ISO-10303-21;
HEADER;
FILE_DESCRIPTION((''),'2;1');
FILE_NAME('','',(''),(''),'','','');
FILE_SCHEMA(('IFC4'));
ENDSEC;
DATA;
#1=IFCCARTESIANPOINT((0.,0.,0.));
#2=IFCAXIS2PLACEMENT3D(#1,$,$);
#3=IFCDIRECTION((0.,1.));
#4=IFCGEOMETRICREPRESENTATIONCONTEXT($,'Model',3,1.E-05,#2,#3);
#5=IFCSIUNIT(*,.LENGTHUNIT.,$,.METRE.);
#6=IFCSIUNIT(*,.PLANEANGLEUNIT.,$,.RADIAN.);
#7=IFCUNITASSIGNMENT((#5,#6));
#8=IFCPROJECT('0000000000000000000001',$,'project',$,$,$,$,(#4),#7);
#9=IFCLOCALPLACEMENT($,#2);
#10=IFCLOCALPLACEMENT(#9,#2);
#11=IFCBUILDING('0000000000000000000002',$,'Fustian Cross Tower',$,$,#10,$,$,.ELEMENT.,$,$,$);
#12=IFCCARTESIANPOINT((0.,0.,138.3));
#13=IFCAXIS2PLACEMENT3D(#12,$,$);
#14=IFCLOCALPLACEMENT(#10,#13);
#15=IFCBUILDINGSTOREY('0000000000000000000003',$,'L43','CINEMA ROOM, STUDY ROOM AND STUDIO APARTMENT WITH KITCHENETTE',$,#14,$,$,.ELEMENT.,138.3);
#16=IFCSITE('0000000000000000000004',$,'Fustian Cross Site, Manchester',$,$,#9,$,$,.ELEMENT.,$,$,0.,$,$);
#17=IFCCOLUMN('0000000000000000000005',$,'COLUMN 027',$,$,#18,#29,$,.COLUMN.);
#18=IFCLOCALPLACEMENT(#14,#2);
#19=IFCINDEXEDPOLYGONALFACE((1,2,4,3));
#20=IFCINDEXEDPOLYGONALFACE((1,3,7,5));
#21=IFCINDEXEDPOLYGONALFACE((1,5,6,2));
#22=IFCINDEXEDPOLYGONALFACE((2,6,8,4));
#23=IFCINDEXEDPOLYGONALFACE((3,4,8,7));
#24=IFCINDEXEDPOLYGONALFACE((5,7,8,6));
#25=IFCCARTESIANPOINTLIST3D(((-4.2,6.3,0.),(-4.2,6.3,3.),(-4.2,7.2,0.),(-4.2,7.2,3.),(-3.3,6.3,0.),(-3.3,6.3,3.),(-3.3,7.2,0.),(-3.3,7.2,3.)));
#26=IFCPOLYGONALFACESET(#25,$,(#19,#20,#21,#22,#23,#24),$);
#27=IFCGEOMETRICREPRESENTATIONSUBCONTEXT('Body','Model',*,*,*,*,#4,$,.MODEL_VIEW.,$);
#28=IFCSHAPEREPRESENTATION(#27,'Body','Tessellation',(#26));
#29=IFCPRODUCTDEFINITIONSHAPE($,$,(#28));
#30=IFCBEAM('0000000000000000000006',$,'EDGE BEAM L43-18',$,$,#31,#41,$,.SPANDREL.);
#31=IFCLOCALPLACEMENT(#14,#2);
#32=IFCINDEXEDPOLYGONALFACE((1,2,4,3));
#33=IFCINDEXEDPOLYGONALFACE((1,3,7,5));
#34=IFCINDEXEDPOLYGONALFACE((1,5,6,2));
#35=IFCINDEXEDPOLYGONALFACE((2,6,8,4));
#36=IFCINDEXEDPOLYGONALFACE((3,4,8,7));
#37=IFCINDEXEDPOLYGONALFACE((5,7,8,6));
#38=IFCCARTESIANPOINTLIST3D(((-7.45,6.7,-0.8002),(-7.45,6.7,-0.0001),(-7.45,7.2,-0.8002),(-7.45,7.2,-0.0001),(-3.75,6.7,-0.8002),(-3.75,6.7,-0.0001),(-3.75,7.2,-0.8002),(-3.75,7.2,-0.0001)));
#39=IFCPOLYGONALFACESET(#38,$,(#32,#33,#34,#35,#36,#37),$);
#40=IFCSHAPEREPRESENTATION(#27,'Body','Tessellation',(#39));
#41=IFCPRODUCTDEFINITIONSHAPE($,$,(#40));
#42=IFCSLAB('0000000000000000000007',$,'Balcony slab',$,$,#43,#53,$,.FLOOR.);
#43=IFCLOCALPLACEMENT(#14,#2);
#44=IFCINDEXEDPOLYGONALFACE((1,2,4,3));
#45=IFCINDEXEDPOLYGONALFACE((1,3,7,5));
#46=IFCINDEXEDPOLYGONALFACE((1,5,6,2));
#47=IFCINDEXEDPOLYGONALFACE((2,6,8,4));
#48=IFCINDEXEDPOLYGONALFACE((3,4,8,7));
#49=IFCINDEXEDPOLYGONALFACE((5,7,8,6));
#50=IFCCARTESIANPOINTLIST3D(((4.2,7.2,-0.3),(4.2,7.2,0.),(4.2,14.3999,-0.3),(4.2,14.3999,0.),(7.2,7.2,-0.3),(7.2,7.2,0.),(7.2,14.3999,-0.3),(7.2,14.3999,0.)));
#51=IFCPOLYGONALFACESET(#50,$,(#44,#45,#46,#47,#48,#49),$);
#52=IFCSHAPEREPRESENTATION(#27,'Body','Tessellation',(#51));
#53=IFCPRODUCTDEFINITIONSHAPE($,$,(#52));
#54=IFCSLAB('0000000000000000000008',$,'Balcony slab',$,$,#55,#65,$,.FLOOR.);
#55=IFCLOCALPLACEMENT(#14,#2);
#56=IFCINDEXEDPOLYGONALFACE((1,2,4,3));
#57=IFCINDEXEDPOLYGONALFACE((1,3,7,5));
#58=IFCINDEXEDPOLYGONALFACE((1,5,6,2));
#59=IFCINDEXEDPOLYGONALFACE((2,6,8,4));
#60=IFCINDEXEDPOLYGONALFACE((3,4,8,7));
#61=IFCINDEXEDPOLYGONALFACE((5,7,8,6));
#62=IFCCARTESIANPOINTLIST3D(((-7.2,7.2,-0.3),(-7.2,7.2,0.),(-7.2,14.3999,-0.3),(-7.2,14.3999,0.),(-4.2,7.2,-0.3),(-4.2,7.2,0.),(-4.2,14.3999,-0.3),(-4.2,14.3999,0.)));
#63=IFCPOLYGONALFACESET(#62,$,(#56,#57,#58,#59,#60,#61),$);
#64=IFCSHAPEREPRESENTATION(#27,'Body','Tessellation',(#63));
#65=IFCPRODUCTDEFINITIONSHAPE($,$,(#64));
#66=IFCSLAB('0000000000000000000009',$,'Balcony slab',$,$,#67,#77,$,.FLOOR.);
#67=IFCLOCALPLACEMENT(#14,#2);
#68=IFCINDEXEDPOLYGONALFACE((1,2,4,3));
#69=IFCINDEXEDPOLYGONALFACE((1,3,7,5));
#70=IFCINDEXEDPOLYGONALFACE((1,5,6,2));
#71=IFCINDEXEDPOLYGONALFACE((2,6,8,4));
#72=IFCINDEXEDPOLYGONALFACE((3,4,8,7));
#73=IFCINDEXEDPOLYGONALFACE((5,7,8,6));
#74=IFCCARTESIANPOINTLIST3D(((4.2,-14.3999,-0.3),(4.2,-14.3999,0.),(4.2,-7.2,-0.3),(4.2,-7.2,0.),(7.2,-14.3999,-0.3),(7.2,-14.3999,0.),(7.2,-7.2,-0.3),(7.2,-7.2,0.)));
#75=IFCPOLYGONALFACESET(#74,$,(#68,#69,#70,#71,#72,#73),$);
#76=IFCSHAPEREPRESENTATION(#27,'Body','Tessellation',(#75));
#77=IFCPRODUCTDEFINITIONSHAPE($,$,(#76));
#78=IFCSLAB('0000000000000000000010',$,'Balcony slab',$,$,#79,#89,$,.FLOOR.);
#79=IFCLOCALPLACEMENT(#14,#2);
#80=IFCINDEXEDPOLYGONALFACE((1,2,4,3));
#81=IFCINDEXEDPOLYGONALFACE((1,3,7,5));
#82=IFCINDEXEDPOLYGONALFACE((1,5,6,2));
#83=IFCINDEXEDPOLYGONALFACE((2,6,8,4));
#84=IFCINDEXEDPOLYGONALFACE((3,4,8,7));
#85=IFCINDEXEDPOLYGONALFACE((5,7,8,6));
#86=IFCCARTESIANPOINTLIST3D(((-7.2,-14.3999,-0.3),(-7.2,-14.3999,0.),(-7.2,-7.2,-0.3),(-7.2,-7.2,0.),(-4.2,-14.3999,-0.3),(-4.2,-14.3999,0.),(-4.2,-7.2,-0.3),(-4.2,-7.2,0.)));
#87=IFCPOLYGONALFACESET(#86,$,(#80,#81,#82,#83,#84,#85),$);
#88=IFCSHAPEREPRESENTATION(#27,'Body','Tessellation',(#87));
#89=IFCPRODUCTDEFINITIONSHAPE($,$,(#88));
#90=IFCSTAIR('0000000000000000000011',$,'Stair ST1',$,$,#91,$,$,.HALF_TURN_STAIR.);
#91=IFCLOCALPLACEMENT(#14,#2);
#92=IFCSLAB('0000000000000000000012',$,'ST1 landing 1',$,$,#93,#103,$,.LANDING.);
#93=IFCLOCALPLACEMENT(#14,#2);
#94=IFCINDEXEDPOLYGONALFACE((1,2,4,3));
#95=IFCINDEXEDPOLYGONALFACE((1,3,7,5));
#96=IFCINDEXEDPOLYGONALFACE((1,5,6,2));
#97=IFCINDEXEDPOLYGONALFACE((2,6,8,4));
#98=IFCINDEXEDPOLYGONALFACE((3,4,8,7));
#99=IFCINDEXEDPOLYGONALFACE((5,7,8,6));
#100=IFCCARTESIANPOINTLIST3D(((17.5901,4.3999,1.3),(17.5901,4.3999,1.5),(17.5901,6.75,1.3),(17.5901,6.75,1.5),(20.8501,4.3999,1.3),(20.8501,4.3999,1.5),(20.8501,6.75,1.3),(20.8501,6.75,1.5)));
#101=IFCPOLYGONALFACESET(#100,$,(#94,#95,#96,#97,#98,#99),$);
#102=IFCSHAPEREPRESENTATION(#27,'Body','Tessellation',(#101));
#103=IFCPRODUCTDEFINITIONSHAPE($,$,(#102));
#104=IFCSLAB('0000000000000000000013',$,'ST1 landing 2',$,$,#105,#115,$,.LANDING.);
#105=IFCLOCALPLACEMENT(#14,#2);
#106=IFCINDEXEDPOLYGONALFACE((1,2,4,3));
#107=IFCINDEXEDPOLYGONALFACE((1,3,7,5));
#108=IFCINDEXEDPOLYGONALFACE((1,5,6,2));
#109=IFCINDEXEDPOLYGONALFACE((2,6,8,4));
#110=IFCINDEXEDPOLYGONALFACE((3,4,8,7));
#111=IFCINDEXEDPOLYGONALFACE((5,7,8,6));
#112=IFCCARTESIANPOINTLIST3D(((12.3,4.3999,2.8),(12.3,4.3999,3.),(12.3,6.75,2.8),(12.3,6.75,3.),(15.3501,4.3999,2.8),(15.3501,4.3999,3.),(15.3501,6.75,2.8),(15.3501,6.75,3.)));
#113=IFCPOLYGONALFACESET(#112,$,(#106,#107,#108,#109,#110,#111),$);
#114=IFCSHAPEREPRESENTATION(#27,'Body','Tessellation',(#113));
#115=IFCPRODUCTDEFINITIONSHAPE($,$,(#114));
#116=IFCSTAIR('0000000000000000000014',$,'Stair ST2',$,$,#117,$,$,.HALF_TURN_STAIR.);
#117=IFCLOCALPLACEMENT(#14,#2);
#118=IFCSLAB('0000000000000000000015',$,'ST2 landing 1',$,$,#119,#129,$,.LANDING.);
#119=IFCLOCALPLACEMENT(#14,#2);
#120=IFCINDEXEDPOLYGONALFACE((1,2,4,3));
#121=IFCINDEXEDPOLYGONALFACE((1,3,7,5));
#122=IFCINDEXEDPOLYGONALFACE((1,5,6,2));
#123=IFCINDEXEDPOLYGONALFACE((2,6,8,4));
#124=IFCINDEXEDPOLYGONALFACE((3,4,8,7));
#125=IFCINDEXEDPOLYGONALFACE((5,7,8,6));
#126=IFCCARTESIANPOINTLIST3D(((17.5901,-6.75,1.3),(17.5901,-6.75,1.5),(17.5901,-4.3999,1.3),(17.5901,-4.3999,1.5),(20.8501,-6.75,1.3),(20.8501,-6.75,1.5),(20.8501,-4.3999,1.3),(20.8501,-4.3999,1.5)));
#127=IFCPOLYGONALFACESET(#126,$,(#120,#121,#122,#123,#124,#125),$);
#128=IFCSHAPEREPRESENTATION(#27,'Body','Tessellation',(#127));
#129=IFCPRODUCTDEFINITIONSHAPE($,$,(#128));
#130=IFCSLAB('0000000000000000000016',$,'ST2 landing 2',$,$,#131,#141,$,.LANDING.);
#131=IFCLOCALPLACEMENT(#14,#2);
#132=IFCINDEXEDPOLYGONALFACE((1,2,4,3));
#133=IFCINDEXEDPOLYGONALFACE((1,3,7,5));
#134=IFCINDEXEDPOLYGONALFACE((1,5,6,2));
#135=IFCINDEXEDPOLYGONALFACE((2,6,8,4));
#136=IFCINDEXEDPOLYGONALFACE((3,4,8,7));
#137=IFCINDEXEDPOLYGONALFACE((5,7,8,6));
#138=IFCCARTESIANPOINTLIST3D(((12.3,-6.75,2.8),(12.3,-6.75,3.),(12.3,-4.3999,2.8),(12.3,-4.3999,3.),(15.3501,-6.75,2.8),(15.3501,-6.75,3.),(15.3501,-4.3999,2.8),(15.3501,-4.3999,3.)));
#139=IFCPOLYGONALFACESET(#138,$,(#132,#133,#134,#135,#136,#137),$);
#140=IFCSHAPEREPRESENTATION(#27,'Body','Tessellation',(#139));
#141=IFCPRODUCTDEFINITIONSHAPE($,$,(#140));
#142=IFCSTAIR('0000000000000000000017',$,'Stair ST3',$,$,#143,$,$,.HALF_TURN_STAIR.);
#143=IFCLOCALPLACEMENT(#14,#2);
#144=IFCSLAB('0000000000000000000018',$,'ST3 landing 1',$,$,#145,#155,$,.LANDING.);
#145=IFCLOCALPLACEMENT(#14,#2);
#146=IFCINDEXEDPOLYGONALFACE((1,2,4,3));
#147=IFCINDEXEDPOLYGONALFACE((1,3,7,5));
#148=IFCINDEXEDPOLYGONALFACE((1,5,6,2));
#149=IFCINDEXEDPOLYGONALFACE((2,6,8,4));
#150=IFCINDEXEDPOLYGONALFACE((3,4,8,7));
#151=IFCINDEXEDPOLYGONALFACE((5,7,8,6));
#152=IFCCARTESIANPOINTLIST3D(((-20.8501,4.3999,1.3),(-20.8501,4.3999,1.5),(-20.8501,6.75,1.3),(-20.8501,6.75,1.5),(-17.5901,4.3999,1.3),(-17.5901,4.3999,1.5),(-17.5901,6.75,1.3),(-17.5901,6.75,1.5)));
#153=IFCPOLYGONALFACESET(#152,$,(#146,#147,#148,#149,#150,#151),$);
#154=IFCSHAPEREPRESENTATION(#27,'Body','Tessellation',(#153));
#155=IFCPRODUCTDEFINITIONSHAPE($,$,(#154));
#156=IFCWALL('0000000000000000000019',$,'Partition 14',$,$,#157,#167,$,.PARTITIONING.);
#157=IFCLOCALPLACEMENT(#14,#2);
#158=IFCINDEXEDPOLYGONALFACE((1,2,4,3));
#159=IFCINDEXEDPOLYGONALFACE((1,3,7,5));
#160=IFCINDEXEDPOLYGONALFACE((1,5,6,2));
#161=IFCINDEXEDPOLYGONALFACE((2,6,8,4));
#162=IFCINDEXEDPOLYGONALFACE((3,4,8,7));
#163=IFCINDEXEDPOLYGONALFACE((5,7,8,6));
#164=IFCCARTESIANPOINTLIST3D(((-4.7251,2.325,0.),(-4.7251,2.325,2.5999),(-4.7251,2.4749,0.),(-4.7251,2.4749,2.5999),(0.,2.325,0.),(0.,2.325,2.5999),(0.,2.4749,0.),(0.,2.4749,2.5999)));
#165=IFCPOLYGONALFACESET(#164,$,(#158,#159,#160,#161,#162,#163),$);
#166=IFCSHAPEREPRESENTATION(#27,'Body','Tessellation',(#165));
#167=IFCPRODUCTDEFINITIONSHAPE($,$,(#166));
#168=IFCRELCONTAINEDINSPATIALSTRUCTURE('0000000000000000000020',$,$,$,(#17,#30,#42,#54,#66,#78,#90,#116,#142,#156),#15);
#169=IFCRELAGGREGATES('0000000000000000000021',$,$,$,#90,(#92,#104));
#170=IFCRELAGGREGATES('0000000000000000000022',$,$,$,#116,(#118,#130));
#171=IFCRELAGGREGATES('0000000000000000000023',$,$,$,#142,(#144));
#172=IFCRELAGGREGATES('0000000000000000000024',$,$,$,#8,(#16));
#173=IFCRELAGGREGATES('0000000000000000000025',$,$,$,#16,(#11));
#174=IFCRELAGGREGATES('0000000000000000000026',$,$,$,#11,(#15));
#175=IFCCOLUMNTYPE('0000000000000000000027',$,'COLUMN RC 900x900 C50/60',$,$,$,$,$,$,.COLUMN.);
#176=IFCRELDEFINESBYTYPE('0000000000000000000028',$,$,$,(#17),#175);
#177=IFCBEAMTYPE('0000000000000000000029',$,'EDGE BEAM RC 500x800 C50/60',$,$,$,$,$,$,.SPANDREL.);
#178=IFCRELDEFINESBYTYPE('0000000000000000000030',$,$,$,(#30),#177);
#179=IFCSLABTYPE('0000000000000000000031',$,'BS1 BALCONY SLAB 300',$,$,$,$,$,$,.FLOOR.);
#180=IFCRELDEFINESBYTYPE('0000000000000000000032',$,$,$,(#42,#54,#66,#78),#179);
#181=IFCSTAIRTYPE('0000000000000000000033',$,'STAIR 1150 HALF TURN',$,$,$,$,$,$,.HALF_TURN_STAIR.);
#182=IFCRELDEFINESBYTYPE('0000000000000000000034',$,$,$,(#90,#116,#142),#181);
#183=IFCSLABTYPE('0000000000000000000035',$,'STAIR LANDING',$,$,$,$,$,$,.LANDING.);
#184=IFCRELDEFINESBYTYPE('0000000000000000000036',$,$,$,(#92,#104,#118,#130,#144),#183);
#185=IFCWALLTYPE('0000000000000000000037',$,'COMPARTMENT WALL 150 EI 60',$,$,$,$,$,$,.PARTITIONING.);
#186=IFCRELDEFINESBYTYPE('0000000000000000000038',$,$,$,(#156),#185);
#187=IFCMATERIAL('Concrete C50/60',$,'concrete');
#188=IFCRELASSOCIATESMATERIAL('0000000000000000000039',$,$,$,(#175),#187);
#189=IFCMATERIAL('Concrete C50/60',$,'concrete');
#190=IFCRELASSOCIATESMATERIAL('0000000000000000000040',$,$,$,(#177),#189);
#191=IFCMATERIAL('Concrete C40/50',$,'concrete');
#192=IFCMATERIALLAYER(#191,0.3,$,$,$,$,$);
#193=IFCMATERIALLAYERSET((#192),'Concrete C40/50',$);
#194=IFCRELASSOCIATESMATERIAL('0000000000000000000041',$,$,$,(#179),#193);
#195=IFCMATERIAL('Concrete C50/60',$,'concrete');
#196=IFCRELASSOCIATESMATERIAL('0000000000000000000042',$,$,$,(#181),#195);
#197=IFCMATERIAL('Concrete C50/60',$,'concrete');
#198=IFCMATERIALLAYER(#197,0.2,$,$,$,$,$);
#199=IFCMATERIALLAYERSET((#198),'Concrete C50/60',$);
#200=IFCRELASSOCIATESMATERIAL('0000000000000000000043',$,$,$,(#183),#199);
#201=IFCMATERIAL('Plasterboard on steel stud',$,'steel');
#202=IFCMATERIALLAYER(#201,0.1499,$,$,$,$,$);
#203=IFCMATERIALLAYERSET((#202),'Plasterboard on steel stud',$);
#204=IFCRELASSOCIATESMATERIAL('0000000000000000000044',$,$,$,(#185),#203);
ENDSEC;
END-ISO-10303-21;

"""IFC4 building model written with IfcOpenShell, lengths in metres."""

from ifc_helpers import new_model, si_unit, direction, frame, frame_2d, origin, origin_2d, place, context, subcontext, project, spatial, polyline, rectangle, outline, extrude, material, layer, layer_set, material_profile, profile_set, type_object, element, aggregate, save


model = new_model("IFC4")

# Units and contexts
model_context = context("Model", 3, precision=1e-05, world=origin(), true_north=direction((0.0, 1.0)))
body_context = subcontext(model_context, "Body", "Model", "MODEL_VIEW")
ifc_project = project(units=[si_unit("LENGTHUNIT", "METRE"), si_unit("PLANEANGLEUNIT", "RADIAN")], contexts=[model_context])

# Site, building, storey
site_placement = place(None, origin())
site = spatial("IfcSite", under=ifc_project, at=site_placement, Name="Fustian Cross Site, Manchester", CompositionType="ELEMENT", RefElevation=0.0)
building_placement = place(site_placement, origin())
building = spatial("IfcBuilding", under=site, at=building_placement, Name="Fustian Cross Tower", CompositionType="ELEMENT")
storey_placement = place(building_placement, frame((0.0, 0.0, 138.3)))
storey = spatial("IfcBuildingStorey", under=building, at=storey_placement, Name="L43", Description="CINEMA ROOM, STUDY ROOM AND STUDIO APARTMENT WITH KITCHENETTE", CompositionType="ELEMENT", Elevation=138.3)

# Column
ifc_material_1 = material(Name="Concrete C50/60", Category="concrete")
ifc_material_profile_1 = material_profile(ifc_material_1, rectangle(XDim=0.8999, YDim=0.8999, at=origin_2d()), Name="RC 900x900")
ifc_profile_set_1 = profile_set([ifc_material_profile_1], Name="Concrete C50/60")
column_type = type_object("IfcColumnType", Name="COLUMN RC 900x900 C50/60", PredefinedType="COLUMN", material=ifc_profile_set_1)
column_placement = place(storey_placement, frame((-3.75, 6.75, 0.0), z_axis=(0.0, 0.0, 1.0), x_axis=(1.0, 0.0, 0.0)))
element("IfcColumn", 1, at=column_placement, inside=storey, type_object=column_type, Name="COLUMN 027", PredefinedType="COLUMN", context=body_context, shape_type="SweptSolid", body=[
    extrude(rectangle(XDim=0.8999, YDim=0.8999, at=origin_2d()), origin(), (0.0, 0.0, 1.0), 3.0),
])

# Beam
ifc_material_2 = material(Name="Concrete C50/60", Category="concrete")
ifc_material_profile_2 = material_profile(ifc_material_2, rectangle(XDim=0.5, YDim=0.8, at=origin_2d()), Name="RC 500x800")
ifc_profile_set_2 = profile_set([ifc_material_profile_2], Name="Concrete C50/60")
beam_type = type_object("IfcBeamType", Name="EDGE BEAM RC 500x800 C50/60", PredefinedType="SPANDREL", material=ifc_profile_set_2)
beam_placement = place(storey_placement, frame((-3.75, 6.95, -0.4001), z_axis=(-1.0, 0.0, 0.0), x_axis=(0.0, -1.0, 0.0)))
element("IfcBeam", 2, at=beam_placement, inside=storey, type_object=beam_type, Name="EDGE BEAM L43-18", PredefinedType="SPANDREL", context=body_context, shape_type="SweptSolid", body=[
    extrude(rectangle(XDim=0.5, YDim=0.8, at=origin_2d()), origin(), (0.0, 0.0, 1.0), 3.7),
])

# Slabs
ifc_material_3 = material(Name="Concrete C40/50", Category="concrete")
ifc_layer_1 = layer(ifc_material_3, 0.3)
ifc_layer_set_1 = layer_set([ifc_layer_1], Name="Concrete C40/50")
slab_type_1 = type_object("IfcSlabType", Name="BS1 BALCONY SLAB 300", PredefinedType="FLOOR", material=ifc_layer_set_1)
slab_1_placement = place(storey_placement, frame((0.0, 0.0, -0.3)))
element("IfcSlab", 3, at=slab_1_placement, inside=storey, type_object=slab_type_1, Name="Balcony slab", PredefinedType="FLOOR", context=body_context, shape_type="SweptSolid", body=[
    extrude(outline(polyline([(4.2, 7.2), (7.2, 7.2), (7.2, 14.3999), (4.2, 14.3999), (4.2, 7.2)])), origin(), (0.0, 0.0, 1.0), 0.3),
])
slab_2_placement = place(storey_placement, frame((0.0, 0.0, -0.3)))
element("IfcSlab", 4, at=slab_2_placement, inside=storey, type_object=slab_type_1, Name="Balcony slab", PredefinedType="FLOOR", context=body_context, shape_type="SweptSolid", body=[
    extrude(outline(polyline([(-7.2, 7.2), (-4.2, 7.2), (-4.2, 14.3999), (-7.2, 14.3999), (-7.2, 7.2)])), origin(), (0.0, 0.0, 1.0), 0.3),
])
slab_3_placement = place(storey_placement, frame((0.0, 0.0, -0.3)))
element("IfcSlab", 5, at=slab_3_placement, inside=storey, type_object=slab_type_1, Name="Balcony slab", PredefinedType="FLOOR", context=body_context, shape_type="SweptSolid", body=[
    extrude(outline(polyline([(4.2, -14.3999), (7.2, -14.3999), (7.2, -7.2), (4.2, -7.2), (4.2, -14.3999)])), origin(), (0.0, 0.0, 1.0), 0.3),
])
slab_4_placement = place(storey_placement, frame((0.0, 0.0, -0.3)))
element("IfcSlab", 6, at=slab_4_placement, inside=storey, type_object=slab_type_1, Name="Balcony slab", PredefinedType="FLOOR", context=body_context, shape_type="SweptSolid", body=[
    extrude(outline(polyline([(-7.2, -14.3999), (-4.2, -14.3999), (-4.2, -7.2), (-7.2, -7.2), (-7.2, -14.3999)])), origin(), (0.0, 0.0, 1.0), 0.3),
])

# Stairs, slabs
ifc_material_4 = material(Name="Concrete C50/60", Category="concrete")
stair_type = type_object("IfcStairType", Name="STAIR 1150 HALF TURN", PredefinedType="HALF_TURN_STAIR", material=ifc_material_4)
stair_1_placement = place(storey_placement, origin())
stair_1 = element("IfcStair", 7, at=stair_1_placement, inside=storey, type_object=stair_type, Name="Stair ST1", PredefinedType="HALF_TURN_STAIR")
ifc_material_5 = material(Name="Concrete C50/60", Category="concrete")
ifc_layer_2 = layer(ifc_material_5, 0.2)
ifc_layer_set_2 = layer_set([ifc_layer_2], Name="Concrete C50/60")
slab_type_2 = type_object("IfcSlabType", Name="STAIR LANDING", PredefinedType="LANDING", material=ifc_layer_set_2)
slab_5_placement = place(storey_placement, frame((0.0, 0.0, 1.3)))
slab_5 = element("IfcSlab", 8, at=slab_5_placement, type_object=slab_type_2, Name="ST1 landing 1", PredefinedType="LANDING", context=body_context, shape_type="SweptSolid", body=[
    extrude(outline(polyline([(17.5901, 4.3999), (20.8501, 4.3999), (20.8501, 6.75), (17.5901, 6.75), (17.5901, 4.3999)])), origin(), (0.0, 0.0, 1.0), 0.2),
])
slab_6_placement = place(storey_placement, frame((0.0, 0.0, 2.8)))
slab_6 = element("IfcSlab", 9, at=slab_6_placement, type_object=slab_type_2, Name="ST1 landing 2", PredefinedType="LANDING", context=body_context, shape_type="SweptSolid", body=[
    extrude(outline(polyline([(12.3, 4.3999), (15.3501, 4.3999), (15.3501, 6.75), (12.3, 6.75), (12.3, 4.3999)])), origin(), (0.0, 0.0, 1.0), 0.2),
])
aggregate(stair_1, [slab_5, slab_6])
stair_2_placement = place(storey_placement, origin())
stair_2 = element("IfcStair", 10, at=stair_2_placement, inside=storey, type_object=stair_type, Name="Stair ST2", PredefinedType="HALF_TURN_STAIR")
slab_7_placement = place(storey_placement, frame((0.0, 0.0, 1.3)))
slab_7 = element("IfcSlab", 11, at=slab_7_placement, type_object=slab_type_2, Name="ST2 landing 1", PredefinedType="LANDING", context=body_context, shape_type="SweptSolid", body=[
    extrude(outline(polyline([(17.5901, -4.3999), (20.8501, -4.3999), (20.8501, -6.75), (17.5901, -6.75), (17.5901, -4.3999)])), origin(), (0.0, 0.0, 1.0), 0.2),
])
slab_8_placement = place(storey_placement, frame((0.0, 0.0, 2.8)))
slab_8 = element("IfcSlab", 12, at=slab_8_placement, type_object=slab_type_2, Name="ST2 landing 2", PredefinedType="LANDING", context=body_context, shape_type="SweptSolid", body=[
    extrude(outline(polyline([(12.3, -4.3999), (15.3501, -4.3999), (15.3501, -6.75), (12.3, -6.75), (12.3, -4.3999)])), origin(), (0.0, 0.0, 1.0), 0.2),
])
aggregate(stair_2, [slab_7, slab_8])

# Stair, slab
stair_3_placement = place(storey_placement, origin())
stair_3 = element("IfcStair", 13, at=stair_3_placement, inside=storey, type_object=stair_type, Name="Stair ST3", PredefinedType="HALF_TURN_STAIR")
slab_9_placement = place(storey_placement, frame((0.0, 0.0, 1.3)))
slab_9 = element("IfcSlab", 14, at=slab_9_placement, type_object=slab_type_2, Name="ST3 landing 1", PredefinedType="LANDING", context=body_context, shape_type="SweptSolid", body=[
    extrude(outline(polyline([(-17.5901, 4.3999), (-20.8501, 4.3999), (-20.8501, 6.75), (-17.5901, 6.75), (-17.5901, 4.3999)])), origin(), (0.0, 0.0, 1.0), 0.2),
])
aggregate(stair_3, [slab_9])

# Wall
ifc_material_6 = material(Name="Plasterboard on steel stud", Category="steel")
ifc_layer_3 = layer(ifc_material_6, 0.1499)
ifc_layer_set_3 = layer_set([ifc_layer_3], Name="Plasterboard on steel stud")
wall_type_1 = type_object("IfcWallType", Name="COMPARTMENT WALL 150 EI 60", PredefinedType="PARTITIONING", material=ifc_layer_set_3)
wall_1_placement = place(storey_placement, frame((-4.7251, 2.3999, 0.0), z_axis=(0.0, 0.0, 1.0), x_axis=(1.0, 0.0, 0.0)))
element("IfcWall", 15, at=wall_1_placement, inside=storey, type_object=wall_type_1, Name="Partition 14", PredefinedType="PARTITIONING", context=body_context, shape_type="SweptSolid", body=[
    extrude(rectangle(XDim=4.7251, YDim=0.1499, at=frame_2d((2.3625, 0.0))), origin(), (0.0, 0.0, 1.0), 2.5999),
])

save(model, "model.ifc")
